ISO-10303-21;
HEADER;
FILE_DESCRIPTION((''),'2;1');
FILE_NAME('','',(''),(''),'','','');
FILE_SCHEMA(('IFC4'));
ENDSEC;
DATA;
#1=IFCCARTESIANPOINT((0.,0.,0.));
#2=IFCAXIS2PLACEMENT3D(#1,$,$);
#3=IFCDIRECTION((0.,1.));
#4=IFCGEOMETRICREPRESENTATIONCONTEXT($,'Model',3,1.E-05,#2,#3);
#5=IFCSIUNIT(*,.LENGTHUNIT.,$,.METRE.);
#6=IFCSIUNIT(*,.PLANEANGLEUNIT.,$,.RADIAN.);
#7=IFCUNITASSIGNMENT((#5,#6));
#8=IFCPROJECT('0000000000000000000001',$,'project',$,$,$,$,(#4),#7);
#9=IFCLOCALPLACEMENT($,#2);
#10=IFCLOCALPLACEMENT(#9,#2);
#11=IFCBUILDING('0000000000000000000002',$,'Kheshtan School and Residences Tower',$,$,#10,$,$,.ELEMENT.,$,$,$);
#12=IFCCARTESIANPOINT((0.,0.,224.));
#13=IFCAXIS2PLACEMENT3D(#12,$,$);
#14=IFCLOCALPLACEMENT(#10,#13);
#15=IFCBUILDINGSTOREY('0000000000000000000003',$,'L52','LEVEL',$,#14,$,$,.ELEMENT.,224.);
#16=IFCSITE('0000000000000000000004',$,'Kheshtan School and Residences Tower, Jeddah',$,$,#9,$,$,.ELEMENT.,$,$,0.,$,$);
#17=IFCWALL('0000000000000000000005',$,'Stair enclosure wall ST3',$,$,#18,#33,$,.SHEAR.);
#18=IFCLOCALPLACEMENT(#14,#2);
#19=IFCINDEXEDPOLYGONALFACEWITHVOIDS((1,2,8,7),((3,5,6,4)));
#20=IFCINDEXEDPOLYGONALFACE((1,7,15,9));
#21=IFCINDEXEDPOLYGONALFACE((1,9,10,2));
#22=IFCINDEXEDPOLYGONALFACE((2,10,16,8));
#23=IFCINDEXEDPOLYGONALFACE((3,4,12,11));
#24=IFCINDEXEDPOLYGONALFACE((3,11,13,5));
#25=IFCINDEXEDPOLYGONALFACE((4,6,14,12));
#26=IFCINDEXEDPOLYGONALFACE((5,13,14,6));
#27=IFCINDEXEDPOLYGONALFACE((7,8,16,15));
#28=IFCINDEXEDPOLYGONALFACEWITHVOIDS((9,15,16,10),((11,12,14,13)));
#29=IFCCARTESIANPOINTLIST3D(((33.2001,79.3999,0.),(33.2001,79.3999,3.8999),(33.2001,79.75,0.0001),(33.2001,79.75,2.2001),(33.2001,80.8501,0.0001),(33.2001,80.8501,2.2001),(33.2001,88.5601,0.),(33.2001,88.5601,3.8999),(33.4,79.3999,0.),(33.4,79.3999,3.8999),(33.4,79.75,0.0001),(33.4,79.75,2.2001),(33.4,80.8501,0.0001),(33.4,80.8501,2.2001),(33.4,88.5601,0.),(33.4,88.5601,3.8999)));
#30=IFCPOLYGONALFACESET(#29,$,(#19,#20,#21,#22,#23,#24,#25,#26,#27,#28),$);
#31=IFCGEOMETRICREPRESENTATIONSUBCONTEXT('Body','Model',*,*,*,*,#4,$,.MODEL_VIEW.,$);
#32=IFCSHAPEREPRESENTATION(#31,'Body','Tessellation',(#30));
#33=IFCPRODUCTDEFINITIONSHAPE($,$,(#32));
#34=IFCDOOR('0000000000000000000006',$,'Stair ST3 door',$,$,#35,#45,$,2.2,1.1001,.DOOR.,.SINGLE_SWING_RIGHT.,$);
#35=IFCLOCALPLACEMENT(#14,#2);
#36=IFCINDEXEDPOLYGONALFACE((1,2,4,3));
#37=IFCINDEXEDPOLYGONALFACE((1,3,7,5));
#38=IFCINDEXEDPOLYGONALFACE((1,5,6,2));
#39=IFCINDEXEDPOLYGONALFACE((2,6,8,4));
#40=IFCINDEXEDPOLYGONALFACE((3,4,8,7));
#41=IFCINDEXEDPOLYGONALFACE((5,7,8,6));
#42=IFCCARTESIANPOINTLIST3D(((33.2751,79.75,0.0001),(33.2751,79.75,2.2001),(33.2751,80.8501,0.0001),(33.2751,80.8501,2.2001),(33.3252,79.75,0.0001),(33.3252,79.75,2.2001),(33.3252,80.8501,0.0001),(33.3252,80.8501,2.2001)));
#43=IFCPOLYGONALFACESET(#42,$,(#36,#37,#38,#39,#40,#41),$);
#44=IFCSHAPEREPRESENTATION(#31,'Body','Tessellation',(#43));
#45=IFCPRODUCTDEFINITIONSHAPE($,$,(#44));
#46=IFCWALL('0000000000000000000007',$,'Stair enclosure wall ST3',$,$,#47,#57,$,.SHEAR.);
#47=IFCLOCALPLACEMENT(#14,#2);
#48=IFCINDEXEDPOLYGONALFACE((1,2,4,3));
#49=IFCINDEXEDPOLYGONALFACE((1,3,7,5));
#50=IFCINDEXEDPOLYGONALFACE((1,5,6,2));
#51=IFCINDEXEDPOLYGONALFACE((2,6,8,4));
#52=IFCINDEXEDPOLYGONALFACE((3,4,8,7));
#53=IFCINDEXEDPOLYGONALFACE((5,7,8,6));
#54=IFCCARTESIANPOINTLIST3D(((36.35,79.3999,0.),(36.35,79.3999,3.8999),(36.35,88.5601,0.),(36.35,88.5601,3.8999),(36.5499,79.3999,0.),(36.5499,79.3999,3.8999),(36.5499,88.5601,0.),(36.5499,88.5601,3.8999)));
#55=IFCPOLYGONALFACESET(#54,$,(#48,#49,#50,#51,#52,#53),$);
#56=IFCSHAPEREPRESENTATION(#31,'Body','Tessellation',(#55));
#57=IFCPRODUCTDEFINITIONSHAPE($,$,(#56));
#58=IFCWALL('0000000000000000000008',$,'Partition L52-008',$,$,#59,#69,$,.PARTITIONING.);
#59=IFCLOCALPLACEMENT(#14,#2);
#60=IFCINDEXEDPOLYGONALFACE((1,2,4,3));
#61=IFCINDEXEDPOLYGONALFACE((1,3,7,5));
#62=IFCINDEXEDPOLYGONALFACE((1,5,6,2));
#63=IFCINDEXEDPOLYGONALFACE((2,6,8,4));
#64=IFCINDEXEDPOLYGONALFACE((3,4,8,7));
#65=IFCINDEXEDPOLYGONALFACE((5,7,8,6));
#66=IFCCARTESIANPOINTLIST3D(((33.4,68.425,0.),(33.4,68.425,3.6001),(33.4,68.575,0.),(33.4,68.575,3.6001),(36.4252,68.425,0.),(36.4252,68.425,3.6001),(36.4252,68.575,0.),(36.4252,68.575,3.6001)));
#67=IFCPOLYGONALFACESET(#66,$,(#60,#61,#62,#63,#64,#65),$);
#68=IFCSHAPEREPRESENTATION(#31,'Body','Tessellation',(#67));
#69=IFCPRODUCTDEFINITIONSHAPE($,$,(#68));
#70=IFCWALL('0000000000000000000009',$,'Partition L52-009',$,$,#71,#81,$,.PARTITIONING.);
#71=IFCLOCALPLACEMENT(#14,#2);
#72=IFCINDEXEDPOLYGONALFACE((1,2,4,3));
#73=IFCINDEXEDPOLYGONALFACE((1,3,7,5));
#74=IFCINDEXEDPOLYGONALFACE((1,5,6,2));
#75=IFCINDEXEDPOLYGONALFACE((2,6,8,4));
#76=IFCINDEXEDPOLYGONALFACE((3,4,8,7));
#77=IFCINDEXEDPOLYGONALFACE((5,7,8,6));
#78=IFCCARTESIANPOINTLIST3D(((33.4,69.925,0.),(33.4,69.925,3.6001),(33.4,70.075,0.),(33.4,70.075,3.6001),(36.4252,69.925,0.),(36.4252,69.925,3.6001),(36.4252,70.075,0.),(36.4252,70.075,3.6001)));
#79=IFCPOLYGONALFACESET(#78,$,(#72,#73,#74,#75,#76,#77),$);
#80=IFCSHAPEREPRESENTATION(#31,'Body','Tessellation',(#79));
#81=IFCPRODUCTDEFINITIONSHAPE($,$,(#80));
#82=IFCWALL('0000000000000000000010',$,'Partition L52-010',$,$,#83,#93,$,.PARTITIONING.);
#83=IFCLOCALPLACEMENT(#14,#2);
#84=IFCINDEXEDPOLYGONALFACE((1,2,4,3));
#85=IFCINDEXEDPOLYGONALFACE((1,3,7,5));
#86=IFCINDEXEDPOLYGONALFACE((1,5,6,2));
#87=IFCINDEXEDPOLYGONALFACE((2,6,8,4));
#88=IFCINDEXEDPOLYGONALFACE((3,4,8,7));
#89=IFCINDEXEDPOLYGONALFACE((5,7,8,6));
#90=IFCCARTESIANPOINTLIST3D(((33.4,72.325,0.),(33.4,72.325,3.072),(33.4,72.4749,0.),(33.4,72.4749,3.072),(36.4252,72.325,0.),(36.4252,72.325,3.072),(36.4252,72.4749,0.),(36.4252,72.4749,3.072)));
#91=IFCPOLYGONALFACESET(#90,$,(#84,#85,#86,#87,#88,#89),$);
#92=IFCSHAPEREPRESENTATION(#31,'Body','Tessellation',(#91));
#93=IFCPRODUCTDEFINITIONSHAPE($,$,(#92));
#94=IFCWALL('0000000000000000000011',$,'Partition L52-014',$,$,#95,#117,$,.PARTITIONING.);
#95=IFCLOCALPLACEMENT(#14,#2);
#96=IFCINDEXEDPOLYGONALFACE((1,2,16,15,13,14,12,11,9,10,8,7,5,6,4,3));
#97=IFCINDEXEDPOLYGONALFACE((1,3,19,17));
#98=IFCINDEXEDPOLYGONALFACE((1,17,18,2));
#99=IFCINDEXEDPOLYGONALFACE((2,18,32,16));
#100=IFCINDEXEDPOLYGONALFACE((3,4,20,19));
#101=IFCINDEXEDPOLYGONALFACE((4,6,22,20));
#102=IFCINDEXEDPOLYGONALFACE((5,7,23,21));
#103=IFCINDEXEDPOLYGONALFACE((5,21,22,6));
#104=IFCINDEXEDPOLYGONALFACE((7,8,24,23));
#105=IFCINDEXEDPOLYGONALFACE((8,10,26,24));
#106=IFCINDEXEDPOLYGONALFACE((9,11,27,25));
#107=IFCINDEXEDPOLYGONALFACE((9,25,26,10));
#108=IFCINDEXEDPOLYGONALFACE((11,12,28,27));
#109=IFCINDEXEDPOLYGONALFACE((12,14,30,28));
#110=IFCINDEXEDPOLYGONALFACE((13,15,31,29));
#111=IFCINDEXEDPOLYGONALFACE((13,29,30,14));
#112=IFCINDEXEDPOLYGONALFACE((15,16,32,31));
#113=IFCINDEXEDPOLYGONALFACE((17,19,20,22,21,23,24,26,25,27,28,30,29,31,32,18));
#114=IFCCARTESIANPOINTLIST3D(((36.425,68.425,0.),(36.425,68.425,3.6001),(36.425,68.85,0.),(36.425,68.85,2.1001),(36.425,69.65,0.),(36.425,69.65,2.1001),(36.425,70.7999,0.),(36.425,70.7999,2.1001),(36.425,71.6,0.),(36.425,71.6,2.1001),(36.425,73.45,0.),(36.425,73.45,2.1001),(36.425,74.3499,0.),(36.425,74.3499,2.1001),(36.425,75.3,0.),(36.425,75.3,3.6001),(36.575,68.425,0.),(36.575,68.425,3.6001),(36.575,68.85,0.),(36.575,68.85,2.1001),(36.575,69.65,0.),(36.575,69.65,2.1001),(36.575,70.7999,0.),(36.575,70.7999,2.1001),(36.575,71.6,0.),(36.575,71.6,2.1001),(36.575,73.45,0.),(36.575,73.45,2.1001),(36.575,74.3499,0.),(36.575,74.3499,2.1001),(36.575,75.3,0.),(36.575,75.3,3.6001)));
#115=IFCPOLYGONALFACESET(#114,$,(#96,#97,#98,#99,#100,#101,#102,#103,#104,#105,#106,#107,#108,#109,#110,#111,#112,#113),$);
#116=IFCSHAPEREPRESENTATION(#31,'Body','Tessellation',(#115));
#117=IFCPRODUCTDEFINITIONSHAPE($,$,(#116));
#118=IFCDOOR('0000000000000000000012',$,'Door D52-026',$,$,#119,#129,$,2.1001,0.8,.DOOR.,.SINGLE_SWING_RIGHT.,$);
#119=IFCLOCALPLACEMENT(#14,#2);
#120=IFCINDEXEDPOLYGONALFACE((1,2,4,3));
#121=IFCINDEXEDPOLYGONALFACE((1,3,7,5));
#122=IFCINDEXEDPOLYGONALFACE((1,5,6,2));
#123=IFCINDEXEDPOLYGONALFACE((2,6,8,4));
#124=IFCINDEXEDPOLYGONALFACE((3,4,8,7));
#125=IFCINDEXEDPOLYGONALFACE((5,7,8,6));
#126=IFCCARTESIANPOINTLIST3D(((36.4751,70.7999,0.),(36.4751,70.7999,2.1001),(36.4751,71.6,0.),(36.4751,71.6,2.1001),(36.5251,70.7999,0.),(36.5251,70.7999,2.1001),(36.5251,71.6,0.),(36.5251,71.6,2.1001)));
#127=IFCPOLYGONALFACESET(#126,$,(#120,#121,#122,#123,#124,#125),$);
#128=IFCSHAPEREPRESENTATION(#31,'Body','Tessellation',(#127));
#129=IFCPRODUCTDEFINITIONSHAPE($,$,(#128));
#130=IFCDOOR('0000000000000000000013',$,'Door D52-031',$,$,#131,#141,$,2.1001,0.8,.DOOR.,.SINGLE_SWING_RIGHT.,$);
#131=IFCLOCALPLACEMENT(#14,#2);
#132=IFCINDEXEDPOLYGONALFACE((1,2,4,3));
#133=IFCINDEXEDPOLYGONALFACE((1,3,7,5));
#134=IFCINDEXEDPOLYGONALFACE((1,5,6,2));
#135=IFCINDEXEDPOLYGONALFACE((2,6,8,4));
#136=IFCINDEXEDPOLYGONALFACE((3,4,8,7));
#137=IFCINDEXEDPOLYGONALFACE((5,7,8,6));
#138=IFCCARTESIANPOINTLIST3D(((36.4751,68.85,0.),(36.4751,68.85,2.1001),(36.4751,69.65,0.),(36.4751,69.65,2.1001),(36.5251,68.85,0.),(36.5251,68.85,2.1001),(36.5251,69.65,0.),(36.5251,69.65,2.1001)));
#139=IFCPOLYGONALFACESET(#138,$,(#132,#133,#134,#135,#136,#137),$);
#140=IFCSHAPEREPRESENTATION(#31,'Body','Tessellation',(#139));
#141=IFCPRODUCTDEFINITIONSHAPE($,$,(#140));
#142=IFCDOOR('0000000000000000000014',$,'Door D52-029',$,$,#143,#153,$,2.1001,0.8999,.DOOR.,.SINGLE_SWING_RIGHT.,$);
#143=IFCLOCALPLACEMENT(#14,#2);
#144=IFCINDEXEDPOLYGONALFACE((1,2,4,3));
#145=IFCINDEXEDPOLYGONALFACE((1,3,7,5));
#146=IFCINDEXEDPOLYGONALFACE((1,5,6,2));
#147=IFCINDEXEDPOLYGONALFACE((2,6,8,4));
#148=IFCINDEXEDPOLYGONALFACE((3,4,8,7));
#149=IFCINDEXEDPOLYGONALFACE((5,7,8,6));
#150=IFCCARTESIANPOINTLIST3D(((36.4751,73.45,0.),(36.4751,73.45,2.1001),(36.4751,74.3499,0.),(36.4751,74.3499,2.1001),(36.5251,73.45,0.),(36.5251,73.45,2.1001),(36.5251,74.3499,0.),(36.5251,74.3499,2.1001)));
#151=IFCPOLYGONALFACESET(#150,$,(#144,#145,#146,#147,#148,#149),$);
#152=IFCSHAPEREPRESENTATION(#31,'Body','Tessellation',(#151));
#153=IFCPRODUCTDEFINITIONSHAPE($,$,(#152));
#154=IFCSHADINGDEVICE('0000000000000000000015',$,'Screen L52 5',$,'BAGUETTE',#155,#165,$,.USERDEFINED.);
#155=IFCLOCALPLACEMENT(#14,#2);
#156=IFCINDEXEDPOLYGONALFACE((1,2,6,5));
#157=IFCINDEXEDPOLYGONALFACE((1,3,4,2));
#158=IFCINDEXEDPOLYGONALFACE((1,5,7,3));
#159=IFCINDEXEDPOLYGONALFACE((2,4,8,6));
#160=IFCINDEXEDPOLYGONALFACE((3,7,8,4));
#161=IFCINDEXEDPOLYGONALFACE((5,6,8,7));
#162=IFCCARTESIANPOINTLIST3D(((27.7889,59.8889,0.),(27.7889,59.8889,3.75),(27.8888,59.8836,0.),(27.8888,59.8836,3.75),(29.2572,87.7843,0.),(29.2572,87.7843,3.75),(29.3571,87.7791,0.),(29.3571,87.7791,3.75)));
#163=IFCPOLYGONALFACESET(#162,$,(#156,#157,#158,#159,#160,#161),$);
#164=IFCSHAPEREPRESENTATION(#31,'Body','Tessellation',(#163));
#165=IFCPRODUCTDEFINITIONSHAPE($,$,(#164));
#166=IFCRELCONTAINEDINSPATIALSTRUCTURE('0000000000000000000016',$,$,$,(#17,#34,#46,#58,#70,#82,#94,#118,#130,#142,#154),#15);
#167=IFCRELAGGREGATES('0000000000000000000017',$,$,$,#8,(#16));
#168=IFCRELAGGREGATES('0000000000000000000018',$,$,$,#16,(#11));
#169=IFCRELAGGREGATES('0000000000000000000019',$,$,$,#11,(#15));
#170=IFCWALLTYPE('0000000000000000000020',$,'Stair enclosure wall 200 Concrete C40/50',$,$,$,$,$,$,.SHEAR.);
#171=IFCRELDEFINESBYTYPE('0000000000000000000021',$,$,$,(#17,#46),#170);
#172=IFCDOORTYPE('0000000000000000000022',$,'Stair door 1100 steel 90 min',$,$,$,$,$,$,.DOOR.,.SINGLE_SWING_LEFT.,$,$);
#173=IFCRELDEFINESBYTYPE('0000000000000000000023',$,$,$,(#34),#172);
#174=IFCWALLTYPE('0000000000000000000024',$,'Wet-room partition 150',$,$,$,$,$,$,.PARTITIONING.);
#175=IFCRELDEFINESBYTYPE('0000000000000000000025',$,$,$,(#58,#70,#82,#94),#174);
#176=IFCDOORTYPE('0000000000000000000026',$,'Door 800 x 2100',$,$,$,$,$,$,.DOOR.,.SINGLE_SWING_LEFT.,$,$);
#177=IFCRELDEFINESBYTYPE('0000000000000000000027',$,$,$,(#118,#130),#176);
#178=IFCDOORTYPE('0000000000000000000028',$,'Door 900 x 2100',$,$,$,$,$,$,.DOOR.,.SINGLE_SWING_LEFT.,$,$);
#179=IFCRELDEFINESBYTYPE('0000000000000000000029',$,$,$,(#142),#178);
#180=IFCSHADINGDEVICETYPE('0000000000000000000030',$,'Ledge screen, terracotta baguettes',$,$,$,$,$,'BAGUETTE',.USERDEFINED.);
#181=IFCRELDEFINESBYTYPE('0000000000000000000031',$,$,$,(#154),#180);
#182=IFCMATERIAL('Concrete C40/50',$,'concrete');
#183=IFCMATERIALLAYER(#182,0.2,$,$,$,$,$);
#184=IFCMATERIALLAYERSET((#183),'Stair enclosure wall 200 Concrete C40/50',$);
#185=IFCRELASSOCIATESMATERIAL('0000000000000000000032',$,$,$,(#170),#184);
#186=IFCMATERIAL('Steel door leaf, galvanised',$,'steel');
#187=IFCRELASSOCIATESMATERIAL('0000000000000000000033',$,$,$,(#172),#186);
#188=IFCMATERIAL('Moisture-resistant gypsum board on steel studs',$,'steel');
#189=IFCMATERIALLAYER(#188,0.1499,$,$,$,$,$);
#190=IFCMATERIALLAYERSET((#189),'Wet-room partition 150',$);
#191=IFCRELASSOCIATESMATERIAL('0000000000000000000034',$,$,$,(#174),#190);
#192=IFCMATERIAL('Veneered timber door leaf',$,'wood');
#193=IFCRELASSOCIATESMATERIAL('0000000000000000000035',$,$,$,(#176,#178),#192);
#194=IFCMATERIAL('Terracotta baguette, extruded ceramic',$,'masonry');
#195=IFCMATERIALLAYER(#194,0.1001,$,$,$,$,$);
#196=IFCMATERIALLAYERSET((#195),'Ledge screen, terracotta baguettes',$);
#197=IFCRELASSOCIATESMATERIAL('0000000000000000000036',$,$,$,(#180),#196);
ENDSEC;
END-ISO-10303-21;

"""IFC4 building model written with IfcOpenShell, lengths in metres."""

from ifc_helpers import new_model, si_unit, direction, frame, frame_2d, origin, origin_2d, place, context, subcontext, project, spatial, rectangle, extrude, source, transform, mapped, material, layer, layer_set, type_object, element, fill, save


model = new_model("IFC4")

# Units and contexts
model_context = context("Model", 3, precision=1e-05, world=origin(), true_north=direction((0.0, 1.0)))
body_context = subcontext(model_context, "Body", "Model", "MODEL_VIEW")
ifc_project = project(units=[si_unit("LENGTHUNIT", "METRE"), si_unit("PLANEANGLEUNIT", "RADIAN")], contexts=[model_context])

# Site, building, storey
site_placement = place(None, origin())
site = spatial("IfcSite", under=ifc_project, at=site_placement, Name="Kheshtan School and Residences Tower, Jeddah", CompositionType="ELEMENT", RefElevation=0.0)
building_placement = place(site_placement, origin())
building = spatial("IfcBuilding", under=site, at=building_placement, Name="Kheshtan School and Residences Tower", CompositionType="ELEMENT")
storey_placement = place(building_placement, frame((0.0, 0.0, 224.0)))
storey = spatial("IfcBuildingStorey", under=building, at=storey_placement, Name="L52", Description="LEVEL", CompositionType="ELEMENT", Elevation=224.0)

# Shared definitions
ifc_material_1 = material(Name="Concrete C40/50", Category="concrete")
ifc_layer_1 = layer(ifc_material_1, 0.2)
ifc_layer_set_1 = layer_set([ifc_layer_1], Name="Stair enclosure wall 200 Concrete C40/50")
wall_type_1 = type_object("IfcWallType", Name="Stair enclosure wall 200 Concrete C40/50", PredefinedType="SHEAR", material=ifc_layer_set_1)

# Wall, opening, door
wall_1_placement = place(storey_placement, frame((33.3, 79.3999, 0.0), z_axis=(0.0, 0.0, 1.0), x_axis=(0.0, 1.0, 0.0)))
wall_1 = element("IfcWall", 1, at=wall_1_placement, inside=storey, type_object=wall_type_1, Name="Stair enclosure wall ST3", PredefinedType="SHEAR", context=body_context, shape_type="SweptSolid", body=[
    extrude(rectangle(XDim=9.1602, YDim=0.2, at=frame_2d((4.5801, 0.0))), origin(), (0.0, 0.0, 1.0), 3.8999),
])
opening_1_placement = place(wall_1_placement, frame((0.3501, 0.0, 0.0)))
opening_1 = element("IfcOpeningElement", 2, at=opening_1_placement, cuts=wall_1, PredefinedType="OPENING", context=body_context, shape_type="SweptSolid", body=[
    extrude(rectangle(XDim=1.1001, YDim=2.2, at=frame_2d((0.55, 1.1001))), frame((0.0, 0.1099, 0.0), z_axis=(0.0, -1.0, 0.0), x_axis=(1.0, 0.0, 0.0)), (0.0, 0.0, 1.0), 0.22),
])
ifc_material_2 = material(Name="Steel door leaf, galvanised", Category="steel")
door_type_1 = type_object("IfcDoorType", Name="Stair door 1100 steel 90 min", OperationType="SINGLE_SWING_LEFT", PredefinedType="DOOR", material=ifc_material_2)
shared_shape_1 = source(origin(), body_context, "Body", "SweptSolid", [
    extrude(rectangle(XDim=1.1001, YDim=2.2, at=frame_2d((0.55, 1.1001))), frame((0.0, 0.0249, 0.0), z_axis=(0.0, -1.0, 0.0), x_axis=(1.0, 0.0, 0.0)), (0.0, 0.0, 1.0), 0.05),
])
door_1_placement = place(opening_1_placement, origin())
door_1 = element("IfcDoor", 3, at=door_1_placement, inside=storey, type_object=door_type_1, Name="Stair ST3 door", OperationType="SINGLE_SWING_RIGHT", OverallHeight=2.2, OverallWidth=1.1001, PredefinedType="DOOR", context=body_context, shape_type="MappedRepresentation", body=[
    mapped(shared_shape_1, transform((0.0, 0.0, 0.0), x_axis=(1.0, 0.0, 0.0), y_axis=(0.0, 1.0, 0.0), z_axis=(0.0, 0.0, 1.0), scale=1.0)),
])
fill(opening_1, door_1)

# Walls
wall_2_placement = place(storey_placement, frame((36.45, 79.3999, 0.0), z_axis=(0.0, 0.0, 1.0), x_axis=(0.0, 1.0, 0.0)))
element("IfcWall", 4, at=wall_2_placement, inside=storey, type_object=wall_type_1, Name="Stair enclosure wall ST3", PredefinedType="SHEAR", context=body_context, shape_type="SweptSolid", body=[
    extrude(rectangle(XDim=9.1602, YDim=0.2, at=frame_2d((4.5801, 0.0))), origin(), (0.0, 0.0, 1.0), 3.8999),
])
ifc_material_3 = material(Name="Moisture-resistant gypsum board on steel studs", Category="steel")
ifc_layer_2 = layer(ifc_material_3, 0.1499)
ifc_layer_set_2 = layer_set([ifc_layer_2], Name="Wet-room partition 150")
wall_type_2 = type_object("IfcWallType", Name="Wet-room partition 150", PredefinedType="PARTITIONING", material=ifc_layer_set_2)
for number, where, z_axis, x_axis, name in (
    (5, (33.3999, 68.5, 0.0), (0.0, 0.0, 1.0), (1.0, 0.0, 0.0), "Partition L52-008"),
    (6, (33.3999, 70.0, 0.0), (0.0, 0.0, 1.0), (1.0, 0.0, 0.0), "Partition L52-009"),
):
    element("IfcWall", number, at=place(storey_placement, frame(where, z_axis=z_axis, x_axis=x_axis)), inside=storey, type_object=wall_type_2, Name=name, PredefinedType="PARTITIONING", context=body_context, shape_type="SweptSolid", body=[
        extrude(rectangle(XDim=3.0251, YDim=0.1499, at=frame_2d((1.5127, 0.0))), origin(), (0.0, 0.0, 1.0), 3.6001),
    ])
wall_3_placement = place(storey_placement, frame((33.3999, 72.3999, 0.0), z_axis=(0.0, 0.0, 1.0), x_axis=(1.0, 0.0, 0.0)))
element("IfcWall", 7, at=wall_3_placement, inside=storey, type_object=wall_type_2, Name="Partition L52-010", PredefinedType="PARTITIONING", context=body_context, shape_type="SweptSolid", body=[
    extrude(rectangle(XDim=3.0251, YDim=0.1499, at=frame_2d((1.5127, 0.0))), origin(), (0.0, 0.0, 1.0), 3.072),
])

# Wall, openings, doors
wall_4_placement = place(storey_placement, frame((36.5, 68.425, 0.0), z_axis=(0.0, 0.0, 1.0), x_axis=(0.0, 1.0, 0.0)))
wall_4 = element("IfcWall", 8, at=wall_4_placement, inside=storey, type_object=wall_type_2, Name="Partition L52-014", PredefinedType="PARTITIONING", context=body_context, shape_type="SweptSolid", body=[
    extrude(rectangle(XDim=6.875, YDim=0.1499, at=frame_2d((3.4375, 0.0))), origin(), (0.0, 0.0, 1.0), 3.6001),
])
opening_2_placement = place(wall_4_placement, frame((2.375, 0.0, 0.0)))
opening_2 = element("IfcOpeningElement", 9, at=opening_2_placement, cuts=wall_4, PredefinedType="OPENING", context=body_context, shape_type="SweptSolid", body=[
    extrude(rectangle(XDim=0.8, YDim=2.1001, at=frame_2d((0.3999, 1.05))), frame((0.0, 0.085, 0.0), z_axis=(0.0, -1.0, 0.0), x_axis=(1.0, 0.0, 0.0)), (0.0, 0.0, 1.0), 0.1699),
])
opening_3_placement = place(wall_4_placement, frame((5.0249, 0.0, 0.0)))
opening_3 = element("IfcOpeningElement", 10, at=opening_3_placement, cuts=wall_4, PredefinedType="OPENING", context=body_context, shape_type="SweptSolid", body=[
    extrude(rectangle(XDim=0.8999, YDim=2.1001, at=frame_2d((0.45, 1.05))), frame((0.0, 0.085, 0.0), z_axis=(0.0, -1.0, 0.0), x_axis=(1.0, 0.0, 0.0)), (0.0, 0.0, 1.0), 0.1699),
])
opening_4_placement = place(wall_4_placement, frame((0.425, 0.0, 0.0)))
opening_4 = element("IfcOpeningElement", 11, at=opening_4_placement, cuts=wall_4, PredefinedType="OPENING", context=body_context, shape_type="SweptSolid", body=[
    extrude(rectangle(XDim=0.8, YDim=2.1001, at=frame_2d((0.3999, 1.05))), frame((0.0, 0.085, 0.0), z_axis=(0.0, -1.0, 0.0), x_axis=(1.0, 0.0, 0.0)), (0.0, 0.0, 1.0), 0.1699),
])
ifc_material_4 = material(Name="Veneered timber door leaf", Category="wood")
door_type_2 = type_object("IfcDoorType", Name="Door 800 x 2100", OperationType="SINGLE_SWING_LEFT", PredefinedType="DOOR", material=ifc_material_4)
shared_shape_2 = source(origin(), body_context, "Body", "SweptSolid", [
    extrude(rectangle(XDim=0.8, YDim=2.1001, at=frame_2d((0.3999, 1.05))), frame((0.0, 0.0249, 0.0), z_axis=(0.0, -1.0, 0.0), x_axis=(1.0, 0.0, 0.0)), (0.0, 0.0, 1.0), 0.05),
])
door_2_placement = place(opening_2_placement, origin())
door_2 = element("IfcDoor", 12, at=door_2_placement, inside=storey, type_object=door_type_2, Name="Door D52-026", OperationType="SINGLE_SWING_RIGHT", OverallHeight=2.1001, OverallWidth=0.8, PredefinedType="DOOR", context=body_context, shape_type="MappedRepresentation", body=[
    mapped(shared_shape_2, transform((0.0, 0.0, 0.0), x_axis=(1.0, 0.0, 0.0), y_axis=(0.0, 1.0, 0.0), z_axis=(0.0, 0.0, 1.0), scale=1.0)),
])
fill(opening_2, door_2)
door_3_placement = place(opening_4_placement, origin())
door_3 = element("IfcDoor", 13, at=door_3_placement, inside=storey, type_object=door_type_2, Name="Door D52-031", OperationType="SINGLE_SWING_RIGHT", OverallHeight=2.1001, OverallWidth=0.8, PredefinedType="DOOR", context=body_context, shape_type="MappedRepresentation", body=[
    mapped(shared_shape_2, transform((0.0, 0.0, 0.0), x_axis=(1.0, 0.0, 0.0), y_axis=(0.0, 1.0, 0.0), z_axis=(0.0, 0.0, 1.0), scale=1.0)),
])
fill(opening_4, door_3)
door_type_3 = type_object("IfcDoorType", Name="Door 900 x 2100", OperationType="SINGLE_SWING_LEFT", PredefinedType="DOOR", material=ifc_material_4)
shared_shape_3 = source(origin(), body_context, "Body", "SweptSolid", [
    extrude(rectangle(XDim=0.8999, YDim=2.1001, at=frame_2d((0.45, 1.05))), frame((0.0, 0.0249, 0.0), z_axis=(0.0, -1.0, 0.0), x_axis=(1.0, 0.0, 0.0)), (0.0, 0.0, 1.0), 0.05),
])
door_4_placement = place(opening_3_placement, origin())
door_4 = element("IfcDoor", 14, at=door_4_placement, inside=storey, type_object=door_type_3, Name="Door D52-029", OperationType="SINGLE_SWING_RIGHT", OverallHeight=2.1001, OverallWidth=0.8999, PredefinedType="DOOR", context=body_context, shape_type="MappedRepresentation", body=[
    mapped(shared_shape_3, transform((0.0, 0.0, 0.0), x_axis=(1.0, 0.0, 0.0), y_axis=(0.0, 1.0, 0.0), z_axis=(0.0, 0.0, 1.0), scale=1.0)),
])
fill(opening_3, door_4)

# Shading device
ifc_material_5 = material(Name="Terracotta baguette, extruded ceramic", Category="masonry")
ifc_layer_3 = layer(ifc_material_5, 0.1001)
ifc_layer_set_3 = layer_set([ifc_layer_3], Name="Ledge screen, terracotta baguettes")
shading_device_type = type_object("IfcShadingDeviceType", Name="Ledge screen, terracotta baguettes", ElementType="BAGUETTE", PredefinedType="USERDEFINED", material=ifc_layer_set_3)
shading_device_placement = place(storey_placement, frame((28.573, 73.834, 0.0), z_axis=(0.0, 0.0, 1.0), x_axis=(0.052563, 0.998618, 0.0)))
element("IfcShadingDevice", 15, at=shading_device_placement, inside=storey, type_object=shading_device_type, Name="Screen L52 5", ObjectType="BAGUETTE", PredefinedType="USERDEFINED", context=body_context, shape_type="SweptSolid", body=[
    extrude(rectangle(XDim=27.9341, YDim=0.1001, at=origin_2d()), origin(), (0.0, 0.0, 1.0), 3.75),
])

save(model, "model.ifc")
